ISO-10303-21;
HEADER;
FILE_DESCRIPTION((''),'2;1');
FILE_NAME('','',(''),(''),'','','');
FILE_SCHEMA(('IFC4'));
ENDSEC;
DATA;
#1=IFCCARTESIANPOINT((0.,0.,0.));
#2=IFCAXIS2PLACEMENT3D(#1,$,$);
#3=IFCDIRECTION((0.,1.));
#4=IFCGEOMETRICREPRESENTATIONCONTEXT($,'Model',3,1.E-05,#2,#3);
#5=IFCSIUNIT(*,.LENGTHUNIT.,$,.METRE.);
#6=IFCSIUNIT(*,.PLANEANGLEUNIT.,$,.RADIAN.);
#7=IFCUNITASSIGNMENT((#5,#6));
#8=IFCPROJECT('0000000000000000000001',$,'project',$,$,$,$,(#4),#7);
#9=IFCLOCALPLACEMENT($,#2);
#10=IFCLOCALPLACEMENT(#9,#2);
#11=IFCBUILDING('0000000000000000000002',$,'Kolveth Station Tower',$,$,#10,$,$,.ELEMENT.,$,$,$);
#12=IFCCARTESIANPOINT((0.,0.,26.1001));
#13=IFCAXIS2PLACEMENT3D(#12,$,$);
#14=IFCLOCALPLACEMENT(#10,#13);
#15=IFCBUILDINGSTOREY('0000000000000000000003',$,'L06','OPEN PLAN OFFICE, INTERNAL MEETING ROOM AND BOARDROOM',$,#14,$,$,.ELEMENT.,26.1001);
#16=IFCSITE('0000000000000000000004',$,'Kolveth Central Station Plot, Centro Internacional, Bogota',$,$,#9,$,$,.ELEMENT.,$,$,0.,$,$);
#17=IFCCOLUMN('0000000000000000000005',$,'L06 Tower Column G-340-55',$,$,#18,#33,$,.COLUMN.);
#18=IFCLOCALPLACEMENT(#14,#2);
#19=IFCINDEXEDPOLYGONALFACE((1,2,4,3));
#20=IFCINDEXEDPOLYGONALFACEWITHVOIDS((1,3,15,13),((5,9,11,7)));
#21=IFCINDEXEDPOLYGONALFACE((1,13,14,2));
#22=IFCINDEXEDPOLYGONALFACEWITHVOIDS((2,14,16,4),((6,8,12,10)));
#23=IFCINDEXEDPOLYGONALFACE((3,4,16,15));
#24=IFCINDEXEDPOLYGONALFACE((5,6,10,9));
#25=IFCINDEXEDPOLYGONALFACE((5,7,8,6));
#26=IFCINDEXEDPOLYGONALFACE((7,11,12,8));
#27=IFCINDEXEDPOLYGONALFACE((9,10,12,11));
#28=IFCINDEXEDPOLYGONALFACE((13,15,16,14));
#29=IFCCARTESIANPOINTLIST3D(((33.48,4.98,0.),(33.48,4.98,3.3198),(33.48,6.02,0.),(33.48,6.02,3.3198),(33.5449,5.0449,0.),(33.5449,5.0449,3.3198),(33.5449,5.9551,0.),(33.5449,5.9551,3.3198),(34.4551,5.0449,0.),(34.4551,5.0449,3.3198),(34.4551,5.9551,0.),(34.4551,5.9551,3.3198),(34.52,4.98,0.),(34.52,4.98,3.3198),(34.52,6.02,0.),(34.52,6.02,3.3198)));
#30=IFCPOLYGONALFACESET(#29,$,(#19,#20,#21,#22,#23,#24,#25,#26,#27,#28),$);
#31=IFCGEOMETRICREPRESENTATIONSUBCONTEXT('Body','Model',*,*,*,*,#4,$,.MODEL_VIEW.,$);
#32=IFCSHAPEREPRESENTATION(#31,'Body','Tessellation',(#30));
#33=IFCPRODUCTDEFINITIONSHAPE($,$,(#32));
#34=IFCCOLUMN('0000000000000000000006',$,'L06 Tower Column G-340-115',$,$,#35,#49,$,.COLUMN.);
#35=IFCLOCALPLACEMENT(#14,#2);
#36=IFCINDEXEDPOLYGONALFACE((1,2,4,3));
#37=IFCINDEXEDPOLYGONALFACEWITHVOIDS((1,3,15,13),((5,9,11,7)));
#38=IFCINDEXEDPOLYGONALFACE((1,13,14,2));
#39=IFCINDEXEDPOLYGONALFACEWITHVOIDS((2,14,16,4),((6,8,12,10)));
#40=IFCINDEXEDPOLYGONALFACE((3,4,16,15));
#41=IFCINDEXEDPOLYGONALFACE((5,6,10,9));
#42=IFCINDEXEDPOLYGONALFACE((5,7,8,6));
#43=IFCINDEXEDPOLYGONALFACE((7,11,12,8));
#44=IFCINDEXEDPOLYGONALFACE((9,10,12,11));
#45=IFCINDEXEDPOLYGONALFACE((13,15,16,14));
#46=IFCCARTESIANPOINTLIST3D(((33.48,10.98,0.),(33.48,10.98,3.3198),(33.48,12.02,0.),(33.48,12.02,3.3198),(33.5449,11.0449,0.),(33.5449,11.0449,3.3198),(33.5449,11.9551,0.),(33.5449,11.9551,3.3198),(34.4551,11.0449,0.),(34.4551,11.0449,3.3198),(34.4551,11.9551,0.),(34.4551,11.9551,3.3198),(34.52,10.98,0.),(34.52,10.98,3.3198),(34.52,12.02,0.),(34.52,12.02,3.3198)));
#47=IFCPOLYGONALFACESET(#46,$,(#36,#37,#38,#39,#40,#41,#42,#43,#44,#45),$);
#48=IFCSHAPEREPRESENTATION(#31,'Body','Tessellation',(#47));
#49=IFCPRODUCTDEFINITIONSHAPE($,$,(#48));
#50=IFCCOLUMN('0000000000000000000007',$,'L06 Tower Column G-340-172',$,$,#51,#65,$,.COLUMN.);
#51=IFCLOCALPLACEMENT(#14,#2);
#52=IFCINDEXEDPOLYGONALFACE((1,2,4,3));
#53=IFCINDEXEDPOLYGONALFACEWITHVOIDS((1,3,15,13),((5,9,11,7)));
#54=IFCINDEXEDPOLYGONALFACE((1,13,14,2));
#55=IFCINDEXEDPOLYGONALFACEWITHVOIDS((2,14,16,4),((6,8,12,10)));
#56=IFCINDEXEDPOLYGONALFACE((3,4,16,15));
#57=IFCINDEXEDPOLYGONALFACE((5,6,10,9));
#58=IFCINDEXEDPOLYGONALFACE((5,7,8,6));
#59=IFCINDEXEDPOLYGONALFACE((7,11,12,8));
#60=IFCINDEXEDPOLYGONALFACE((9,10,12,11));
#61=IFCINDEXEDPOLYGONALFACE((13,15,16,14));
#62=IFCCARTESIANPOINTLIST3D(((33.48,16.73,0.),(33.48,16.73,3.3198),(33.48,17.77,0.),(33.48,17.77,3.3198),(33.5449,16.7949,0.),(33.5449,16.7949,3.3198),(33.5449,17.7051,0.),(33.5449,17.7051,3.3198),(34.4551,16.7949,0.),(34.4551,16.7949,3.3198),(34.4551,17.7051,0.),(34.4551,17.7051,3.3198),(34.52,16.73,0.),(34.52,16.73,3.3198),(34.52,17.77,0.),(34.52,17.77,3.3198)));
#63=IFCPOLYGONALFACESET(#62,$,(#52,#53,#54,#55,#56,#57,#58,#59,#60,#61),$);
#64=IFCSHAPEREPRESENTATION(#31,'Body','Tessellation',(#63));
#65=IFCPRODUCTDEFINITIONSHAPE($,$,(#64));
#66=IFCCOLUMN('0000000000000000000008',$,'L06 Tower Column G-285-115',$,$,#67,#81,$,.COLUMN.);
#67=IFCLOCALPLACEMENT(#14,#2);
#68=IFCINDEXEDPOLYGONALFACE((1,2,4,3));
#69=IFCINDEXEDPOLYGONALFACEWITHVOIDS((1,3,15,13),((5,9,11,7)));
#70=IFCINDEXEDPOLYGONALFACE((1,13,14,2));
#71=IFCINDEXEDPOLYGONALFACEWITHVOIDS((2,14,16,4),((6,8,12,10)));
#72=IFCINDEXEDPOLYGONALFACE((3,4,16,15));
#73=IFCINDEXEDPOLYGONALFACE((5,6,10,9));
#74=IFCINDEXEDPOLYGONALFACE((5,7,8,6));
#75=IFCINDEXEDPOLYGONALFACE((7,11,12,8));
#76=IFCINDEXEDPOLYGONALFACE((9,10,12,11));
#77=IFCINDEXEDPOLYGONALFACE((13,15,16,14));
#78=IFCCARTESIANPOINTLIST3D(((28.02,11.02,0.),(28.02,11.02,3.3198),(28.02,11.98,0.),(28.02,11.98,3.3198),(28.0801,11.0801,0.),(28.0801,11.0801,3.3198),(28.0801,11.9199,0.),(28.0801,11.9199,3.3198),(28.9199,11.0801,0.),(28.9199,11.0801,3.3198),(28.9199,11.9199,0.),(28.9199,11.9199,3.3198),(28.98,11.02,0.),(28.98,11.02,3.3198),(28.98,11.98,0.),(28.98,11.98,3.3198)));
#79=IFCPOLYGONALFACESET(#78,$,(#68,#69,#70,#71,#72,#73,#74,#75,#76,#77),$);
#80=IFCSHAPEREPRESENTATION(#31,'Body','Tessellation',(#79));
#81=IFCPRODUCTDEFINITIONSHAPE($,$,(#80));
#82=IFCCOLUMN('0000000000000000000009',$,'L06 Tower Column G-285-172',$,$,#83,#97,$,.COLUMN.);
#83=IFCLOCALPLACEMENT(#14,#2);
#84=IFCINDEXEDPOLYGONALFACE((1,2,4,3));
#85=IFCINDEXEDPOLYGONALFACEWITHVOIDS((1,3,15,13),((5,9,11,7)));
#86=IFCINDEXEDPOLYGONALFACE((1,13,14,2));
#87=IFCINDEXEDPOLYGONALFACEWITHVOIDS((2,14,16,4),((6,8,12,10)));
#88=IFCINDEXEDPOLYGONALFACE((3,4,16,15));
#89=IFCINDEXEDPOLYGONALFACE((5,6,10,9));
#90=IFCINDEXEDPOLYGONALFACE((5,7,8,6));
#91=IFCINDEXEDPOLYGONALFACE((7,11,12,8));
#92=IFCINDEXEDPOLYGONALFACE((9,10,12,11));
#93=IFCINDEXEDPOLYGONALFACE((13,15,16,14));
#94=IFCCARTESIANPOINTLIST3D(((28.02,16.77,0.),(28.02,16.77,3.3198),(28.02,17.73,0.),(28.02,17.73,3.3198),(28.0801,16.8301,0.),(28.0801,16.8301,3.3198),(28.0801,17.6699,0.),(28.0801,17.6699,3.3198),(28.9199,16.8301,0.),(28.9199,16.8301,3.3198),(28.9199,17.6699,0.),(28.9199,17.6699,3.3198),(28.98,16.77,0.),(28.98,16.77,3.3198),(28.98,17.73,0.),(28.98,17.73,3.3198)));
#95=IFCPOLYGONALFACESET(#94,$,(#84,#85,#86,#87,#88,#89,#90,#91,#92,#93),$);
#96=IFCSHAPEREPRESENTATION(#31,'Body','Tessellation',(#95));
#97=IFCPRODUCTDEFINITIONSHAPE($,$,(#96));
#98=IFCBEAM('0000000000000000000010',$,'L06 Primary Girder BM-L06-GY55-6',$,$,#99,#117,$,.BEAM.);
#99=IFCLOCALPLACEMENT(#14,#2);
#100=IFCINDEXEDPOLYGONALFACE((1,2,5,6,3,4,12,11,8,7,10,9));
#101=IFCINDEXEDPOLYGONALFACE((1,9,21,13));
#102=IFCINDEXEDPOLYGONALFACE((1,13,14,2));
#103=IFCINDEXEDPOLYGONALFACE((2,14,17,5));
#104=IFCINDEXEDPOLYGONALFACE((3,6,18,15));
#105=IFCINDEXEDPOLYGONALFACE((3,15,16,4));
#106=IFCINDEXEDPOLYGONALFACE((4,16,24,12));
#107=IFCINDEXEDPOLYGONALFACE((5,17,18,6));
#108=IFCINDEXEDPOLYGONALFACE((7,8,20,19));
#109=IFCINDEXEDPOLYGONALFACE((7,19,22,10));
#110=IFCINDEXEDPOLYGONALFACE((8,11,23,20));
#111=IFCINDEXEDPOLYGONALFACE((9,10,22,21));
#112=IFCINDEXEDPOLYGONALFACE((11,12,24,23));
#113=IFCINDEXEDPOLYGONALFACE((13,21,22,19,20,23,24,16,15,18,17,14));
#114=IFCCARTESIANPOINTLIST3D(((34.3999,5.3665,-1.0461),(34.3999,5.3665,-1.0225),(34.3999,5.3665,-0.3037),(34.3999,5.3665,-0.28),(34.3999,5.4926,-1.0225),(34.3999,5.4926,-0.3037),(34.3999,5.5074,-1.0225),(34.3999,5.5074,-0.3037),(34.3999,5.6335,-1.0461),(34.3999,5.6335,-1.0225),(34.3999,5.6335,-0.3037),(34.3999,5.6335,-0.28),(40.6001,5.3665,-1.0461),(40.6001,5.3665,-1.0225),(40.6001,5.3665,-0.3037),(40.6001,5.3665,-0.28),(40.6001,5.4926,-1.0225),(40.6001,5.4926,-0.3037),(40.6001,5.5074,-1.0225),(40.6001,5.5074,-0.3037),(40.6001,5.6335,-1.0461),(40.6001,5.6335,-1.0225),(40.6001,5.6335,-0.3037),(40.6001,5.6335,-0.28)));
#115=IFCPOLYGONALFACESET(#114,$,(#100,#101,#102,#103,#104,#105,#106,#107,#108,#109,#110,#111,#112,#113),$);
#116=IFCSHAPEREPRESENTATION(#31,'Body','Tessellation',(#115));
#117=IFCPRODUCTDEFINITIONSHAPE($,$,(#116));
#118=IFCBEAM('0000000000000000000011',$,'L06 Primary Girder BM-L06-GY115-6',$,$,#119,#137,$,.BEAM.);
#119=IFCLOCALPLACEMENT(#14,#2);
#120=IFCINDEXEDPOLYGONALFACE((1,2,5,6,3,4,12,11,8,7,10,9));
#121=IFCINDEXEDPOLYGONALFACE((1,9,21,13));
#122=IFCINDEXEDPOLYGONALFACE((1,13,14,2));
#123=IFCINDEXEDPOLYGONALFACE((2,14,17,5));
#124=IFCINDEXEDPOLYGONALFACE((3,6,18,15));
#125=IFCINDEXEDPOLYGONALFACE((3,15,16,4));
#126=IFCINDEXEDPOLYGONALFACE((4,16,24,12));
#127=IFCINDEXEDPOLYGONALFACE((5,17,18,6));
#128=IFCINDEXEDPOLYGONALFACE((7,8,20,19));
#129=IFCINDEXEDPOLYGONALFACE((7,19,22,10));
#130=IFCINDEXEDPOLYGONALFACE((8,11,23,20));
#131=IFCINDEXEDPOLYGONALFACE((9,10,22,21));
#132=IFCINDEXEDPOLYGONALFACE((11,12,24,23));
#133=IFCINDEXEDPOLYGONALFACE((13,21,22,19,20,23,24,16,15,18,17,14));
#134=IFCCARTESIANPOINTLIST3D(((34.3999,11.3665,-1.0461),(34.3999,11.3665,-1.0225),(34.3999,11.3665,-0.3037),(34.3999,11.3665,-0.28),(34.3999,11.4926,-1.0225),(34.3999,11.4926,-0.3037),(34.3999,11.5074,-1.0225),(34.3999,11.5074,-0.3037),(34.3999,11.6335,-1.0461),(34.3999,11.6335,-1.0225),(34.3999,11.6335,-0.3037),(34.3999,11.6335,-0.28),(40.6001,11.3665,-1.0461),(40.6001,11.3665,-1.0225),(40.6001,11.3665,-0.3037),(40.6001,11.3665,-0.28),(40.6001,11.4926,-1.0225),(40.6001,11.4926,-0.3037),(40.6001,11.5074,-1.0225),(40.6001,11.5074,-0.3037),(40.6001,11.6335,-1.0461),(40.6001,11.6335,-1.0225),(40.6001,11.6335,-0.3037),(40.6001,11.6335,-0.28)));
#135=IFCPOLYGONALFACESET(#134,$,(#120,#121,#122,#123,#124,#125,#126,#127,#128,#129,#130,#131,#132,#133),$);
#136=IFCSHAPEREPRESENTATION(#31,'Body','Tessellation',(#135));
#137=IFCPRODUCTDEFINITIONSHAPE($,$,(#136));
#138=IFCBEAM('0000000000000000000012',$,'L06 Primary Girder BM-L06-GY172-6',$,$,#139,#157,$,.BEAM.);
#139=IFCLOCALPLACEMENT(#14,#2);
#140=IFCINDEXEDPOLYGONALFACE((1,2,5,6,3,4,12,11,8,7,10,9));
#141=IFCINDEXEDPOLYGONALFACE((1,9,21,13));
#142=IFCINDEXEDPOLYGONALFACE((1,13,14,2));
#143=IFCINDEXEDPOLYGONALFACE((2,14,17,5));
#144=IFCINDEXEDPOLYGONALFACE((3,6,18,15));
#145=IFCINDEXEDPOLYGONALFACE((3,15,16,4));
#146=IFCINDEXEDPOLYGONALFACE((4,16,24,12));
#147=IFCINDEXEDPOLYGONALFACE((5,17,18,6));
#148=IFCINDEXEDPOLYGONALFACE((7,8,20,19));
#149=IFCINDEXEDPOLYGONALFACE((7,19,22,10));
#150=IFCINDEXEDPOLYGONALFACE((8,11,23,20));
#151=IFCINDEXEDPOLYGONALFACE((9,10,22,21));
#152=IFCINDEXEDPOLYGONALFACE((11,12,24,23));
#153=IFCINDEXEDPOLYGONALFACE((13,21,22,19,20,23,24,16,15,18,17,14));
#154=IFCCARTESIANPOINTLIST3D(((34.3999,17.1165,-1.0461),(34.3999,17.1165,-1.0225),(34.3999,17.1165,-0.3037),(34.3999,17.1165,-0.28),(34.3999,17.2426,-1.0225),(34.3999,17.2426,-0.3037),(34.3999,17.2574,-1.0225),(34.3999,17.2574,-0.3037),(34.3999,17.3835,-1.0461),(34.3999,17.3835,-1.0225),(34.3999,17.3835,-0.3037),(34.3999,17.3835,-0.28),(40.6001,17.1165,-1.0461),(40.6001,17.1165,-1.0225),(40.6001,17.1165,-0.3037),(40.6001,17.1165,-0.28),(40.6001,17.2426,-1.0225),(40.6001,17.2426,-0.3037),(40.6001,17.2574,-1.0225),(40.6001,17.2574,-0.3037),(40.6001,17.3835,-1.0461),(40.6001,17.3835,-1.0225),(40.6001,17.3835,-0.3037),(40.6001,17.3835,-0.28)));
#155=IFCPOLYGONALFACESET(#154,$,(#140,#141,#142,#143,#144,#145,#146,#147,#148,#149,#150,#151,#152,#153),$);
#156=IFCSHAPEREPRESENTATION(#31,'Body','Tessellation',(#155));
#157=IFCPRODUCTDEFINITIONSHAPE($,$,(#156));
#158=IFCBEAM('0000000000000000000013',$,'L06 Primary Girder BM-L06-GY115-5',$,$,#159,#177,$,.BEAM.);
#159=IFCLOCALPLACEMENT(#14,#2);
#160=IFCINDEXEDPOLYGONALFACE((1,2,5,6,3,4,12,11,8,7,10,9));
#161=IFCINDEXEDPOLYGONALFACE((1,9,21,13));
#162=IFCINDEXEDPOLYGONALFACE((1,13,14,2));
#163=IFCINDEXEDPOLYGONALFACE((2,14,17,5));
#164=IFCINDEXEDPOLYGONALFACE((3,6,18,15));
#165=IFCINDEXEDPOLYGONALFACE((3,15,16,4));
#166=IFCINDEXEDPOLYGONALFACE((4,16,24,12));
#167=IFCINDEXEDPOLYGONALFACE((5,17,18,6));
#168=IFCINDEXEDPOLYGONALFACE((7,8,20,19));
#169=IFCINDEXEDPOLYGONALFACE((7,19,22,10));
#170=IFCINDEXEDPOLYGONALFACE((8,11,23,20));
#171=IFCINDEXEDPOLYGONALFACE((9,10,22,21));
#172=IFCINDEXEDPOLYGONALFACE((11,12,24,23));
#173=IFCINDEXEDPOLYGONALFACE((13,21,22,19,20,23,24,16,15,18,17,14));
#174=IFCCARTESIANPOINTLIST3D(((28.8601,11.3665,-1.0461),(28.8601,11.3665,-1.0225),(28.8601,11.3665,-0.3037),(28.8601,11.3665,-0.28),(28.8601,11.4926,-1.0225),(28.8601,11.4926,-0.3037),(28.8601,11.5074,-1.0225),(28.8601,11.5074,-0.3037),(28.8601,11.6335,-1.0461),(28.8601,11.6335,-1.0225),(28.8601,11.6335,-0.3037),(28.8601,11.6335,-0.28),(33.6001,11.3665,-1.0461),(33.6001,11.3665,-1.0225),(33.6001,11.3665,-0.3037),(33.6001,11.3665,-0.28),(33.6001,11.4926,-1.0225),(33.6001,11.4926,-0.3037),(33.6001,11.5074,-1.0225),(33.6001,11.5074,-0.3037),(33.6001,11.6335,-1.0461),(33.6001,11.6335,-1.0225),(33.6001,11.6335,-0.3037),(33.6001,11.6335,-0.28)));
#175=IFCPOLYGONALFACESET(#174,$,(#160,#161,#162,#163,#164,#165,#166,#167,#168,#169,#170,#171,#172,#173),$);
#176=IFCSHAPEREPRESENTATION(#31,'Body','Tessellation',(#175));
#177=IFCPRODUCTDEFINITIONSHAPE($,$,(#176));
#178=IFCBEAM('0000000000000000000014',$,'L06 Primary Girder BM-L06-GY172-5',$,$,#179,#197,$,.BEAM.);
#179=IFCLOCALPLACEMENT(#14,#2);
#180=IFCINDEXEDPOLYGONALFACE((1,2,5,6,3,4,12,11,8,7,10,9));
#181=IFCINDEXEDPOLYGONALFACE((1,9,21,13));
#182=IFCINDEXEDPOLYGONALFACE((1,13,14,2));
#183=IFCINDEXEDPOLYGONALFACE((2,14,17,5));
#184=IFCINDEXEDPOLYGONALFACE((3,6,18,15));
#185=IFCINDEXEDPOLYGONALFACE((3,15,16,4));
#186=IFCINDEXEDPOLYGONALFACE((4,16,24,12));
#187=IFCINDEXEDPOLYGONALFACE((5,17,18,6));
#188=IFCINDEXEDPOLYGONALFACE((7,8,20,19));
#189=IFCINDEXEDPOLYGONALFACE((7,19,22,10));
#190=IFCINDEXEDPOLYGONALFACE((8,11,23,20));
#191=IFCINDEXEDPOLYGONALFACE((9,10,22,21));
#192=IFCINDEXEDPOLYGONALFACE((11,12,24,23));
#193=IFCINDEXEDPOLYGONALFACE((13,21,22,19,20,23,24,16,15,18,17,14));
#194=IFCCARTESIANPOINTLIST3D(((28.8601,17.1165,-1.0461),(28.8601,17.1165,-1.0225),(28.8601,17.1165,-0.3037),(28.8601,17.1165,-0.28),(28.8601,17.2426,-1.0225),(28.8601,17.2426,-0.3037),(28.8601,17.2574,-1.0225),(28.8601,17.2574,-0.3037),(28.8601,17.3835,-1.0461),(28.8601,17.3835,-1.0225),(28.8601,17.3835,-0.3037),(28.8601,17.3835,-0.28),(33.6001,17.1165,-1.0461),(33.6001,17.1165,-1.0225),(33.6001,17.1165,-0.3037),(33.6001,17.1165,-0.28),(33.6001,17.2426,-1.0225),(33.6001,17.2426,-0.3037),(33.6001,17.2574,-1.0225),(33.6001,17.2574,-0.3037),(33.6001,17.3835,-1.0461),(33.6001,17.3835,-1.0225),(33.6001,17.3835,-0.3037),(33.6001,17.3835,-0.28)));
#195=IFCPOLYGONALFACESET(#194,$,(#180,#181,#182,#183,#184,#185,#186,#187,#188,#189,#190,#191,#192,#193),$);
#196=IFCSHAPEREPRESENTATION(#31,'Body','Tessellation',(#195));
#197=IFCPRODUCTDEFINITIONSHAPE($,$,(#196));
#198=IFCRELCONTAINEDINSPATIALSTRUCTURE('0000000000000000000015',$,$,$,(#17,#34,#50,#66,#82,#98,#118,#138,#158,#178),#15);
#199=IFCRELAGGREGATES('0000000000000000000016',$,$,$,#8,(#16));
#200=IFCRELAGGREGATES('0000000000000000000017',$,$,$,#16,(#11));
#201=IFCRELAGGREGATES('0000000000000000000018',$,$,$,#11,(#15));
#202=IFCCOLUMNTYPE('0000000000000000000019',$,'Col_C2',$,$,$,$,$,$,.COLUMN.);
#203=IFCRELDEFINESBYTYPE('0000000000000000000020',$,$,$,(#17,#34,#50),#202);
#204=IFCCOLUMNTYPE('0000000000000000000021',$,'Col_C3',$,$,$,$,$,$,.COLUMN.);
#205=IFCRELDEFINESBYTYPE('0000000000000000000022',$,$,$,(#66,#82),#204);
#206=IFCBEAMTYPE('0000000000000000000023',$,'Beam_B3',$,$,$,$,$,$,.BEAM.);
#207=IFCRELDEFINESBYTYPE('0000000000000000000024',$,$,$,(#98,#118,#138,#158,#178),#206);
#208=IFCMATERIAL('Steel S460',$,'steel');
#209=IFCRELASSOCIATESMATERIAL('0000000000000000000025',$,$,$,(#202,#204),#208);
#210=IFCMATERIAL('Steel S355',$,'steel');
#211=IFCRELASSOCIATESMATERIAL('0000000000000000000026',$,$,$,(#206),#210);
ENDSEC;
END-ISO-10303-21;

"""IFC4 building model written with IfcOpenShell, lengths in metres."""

from ifc_helpers import new_model, si_unit, direction, frame, origin, origin_2d, place, context, subcontext, project, spatial, hollow_rectangle, i_section, extrude, source, transform, mapped, material, material_profile, profile_set, type_object, element, save


model = new_model("IFC4")

# Units and contexts
model_context = context("Model", 3, precision=1e-05, world=origin(), true_north=direction((0.0, 1.0)))
body_context = subcontext(model_context, "Body", "Model", "MODEL_VIEW")
ifc_project = project(units=[si_unit("LENGTHUNIT", "METRE"), si_unit("PLANEANGLEUNIT", "RADIAN")], contexts=[model_context])

# Site, building, storey
site_placement = place(None, origin())
site = spatial("IfcSite", under=ifc_project, at=site_placement, Name="Kolveth Central Station Plot, Centro Internacional, Bogota", CompositionType="ELEMENT", RefElevation=0.0)
building_placement = place(site_placement, origin())
building = spatial("IfcBuilding", under=site, at=building_placement, Name="Kolveth Station Tower", CompositionType="ELEMENT")
storey_placement = place(building_placement, frame((0.0, 0.0, 26.1001)))
storey = spatial("IfcBuildingStorey", under=building, at=storey_placement, Name="L06", Description="OPEN PLAN OFFICE, INTERNAL MEETING ROOM AND BOARDROOM", CompositionType="ELEMENT", Elevation=26.1001)

# Columns
ifc_material_1 = material(Name="Steel S460", Category="steel")
ifc_material_profile_1 = material_profile(ifc_material_1, hollow_rectangle(XDim=1.04, YDim=1.04, WallThickness=0.0649, at=origin_2d()), Name="BOX1040x1040x65")
ifc_profile_set_1 = profile_set([ifc_material_profile_1], Name="Steel S460")
column_type_1 = type_object("IfcColumnType", Name="Col_C2", PredefinedType="COLUMN", material=ifc_profile_set_1)
shared_shape_1 = source(origin(), body_context, "Body", "SweptSolid", [
    extrude(hollow_rectangle(XDim=1.04, YDim=1.04, WallThickness=0.0649, at=origin_2d()), origin(), (0.0, 0.0, 1.0), 3.3198),
])
for number, where, z_axis, x_axis, name in (
    (1, (34.0, 5.5, 0.0), (0.0, 0.0, 1.0), (1.0, 0.0, 0.0), "L06 Tower Column G-340-55"),
    (2, (34.0, 11.5, 0.0), (0.0, 0.0, 1.0), (1.0, 0.0, 0.0), "L06 Tower Column G-340-115"),
    (3, (34.0, 17.25, 0.0), (0.0, 0.0, 1.0), (1.0, 0.0, 0.0), "L06 Tower Column G-340-172"),
):
    element("IfcColumn", number, at=place(storey_placement, frame(where, z_axis=z_axis, x_axis=x_axis)), inside=storey, type_object=column_type_1, Name=name, PredefinedType="COLUMN", context=body_context, shape_type="MappedRepresentation", body=[
        mapped(shared_shape_1, transform((0.0, 0.0, 0.0), x_axis=(1.0, 0.0, 0.0), y_axis=(0.0, 1.0, 0.0), z_axis=(0.0, 0.0, 1.0), scale=1.0)),
    ])
ifc_material_profile_2 = material_profile(ifc_material_1, hollow_rectangle(XDim=0.96, YDim=0.96, WallThickness=0.0601, at=origin_2d()), Name="BOX960x960x60")
ifc_profile_set_2 = profile_set([ifc_material_profile_2], Name="Steel S460")
column_type_2 = type_object("IfcColumnType", Name="Col_C3", PredefinedType="COLUMN", material=ifc_profile_set_2)
shared_shape_2 = source(origin(), body_context, "Body", "SweptSolid", [
    extrude(hollow_rectangle(XDim=0.96, YDim=0.96, WallThickness=0.0601, at=origin_2d()), origin(), (0.0, 0.0, 1.0), 3.3198),
])
for number, where, z_axis, x_axis, name in (
    (4, (28.5, 11.5, 0.0), (0.0, 0.0, 1.0), (1.0, 0.0, 0.0), "L06 Tower Column G-285-115"),
    (5, (28.5, 17.25, 0.0), (0.0, 0.0, 1.0), (1.0, 0.0, 0.0), "L06 Tower Column G-285-172"),
):
    element("IfcColumn", number, at=place(storey_placement, frame(where, z_axis=z_axis, x_axis=x_axis)), inside=storey, type_object=column_type_2, Name=name, PredefinedType="COLUMN", context=body_context, shape_type="MappedRepresentation", body=[
        mapped(shared_shape_2, transform((0.0, 0.0, 0.0), x_axis=(1.0, 0.0, 0.0), y_axis=(0.0, 1.0, 0.0), z_axis=(0.0, 0.0, 1.0), scale=1.0)),
    ])

# Beams
ifc_material_2 = material(Name="Steel S355", Category="steel")
ifc_material_profile_3 = material_profile(ifc_material_2, i_section(OverallWidth=0.2671, OverallDepth=0.7661, WebThickness=0.0149, FlangeThickness=0.0237, at=origin_2d()), Name="W760x185")
ifc_profile_set_3 = profile_set([ifc_material_profile_3], Name="Steel S355")
beam_type_1 = type_object("IfcBeamType", Name="Beam_B3", PredefinedType="BEAM", material=ifc_profile_set_3)
shared_shape_3 = source(origin(), body_context, "Body", "SweptSolid", [
    extrude(i_section(OverallWidth=0.2671, OverallDepth=0.7661, WebThickness=0.0149, FlangeThickness=0.0237, at=origin_2d()), origin(), (0.0, 0.0, 1.0), 6.2002),
])
for number, where, z_axis, x_axis, name in (
    (6, (34.3999, 5.5, -0.6631), (1.0, 0.0, 0.0), (0.0, 1.0, 0.0), "L06 Primary Girder BM-L06-GY55-6"),
    (7, (34.3999, 11.5, -0.6631), (1.0, 0.0, 0.0), (0.0, 1.0, 0.0), "L06 Primary Girder BM-L06-GY115-6"),
    (8, (34.3999, 17.25, -0.6631), (1.0, 0.0, 0.0), (0.0, 1.0, 0.0), "L06 Primary Girder BM-L06-GY172-6"),
):
    element("IfcBeam", number, at=place(storey_placement, frame(where, z_axis=z_axis, x_axis=x_axis)), inside=storey, type_object=beam_type_1, Name=name, PredefinedType="BEAM", context=body_context, shape_type="MappedRepresentation", body=[
        mapped(shared_shape_3, transform((0.0, 0.0, 0.0), x_axis=(1.0, 0.0, 0.0), y_axis=(0.0, 1.0, 0.0), z_axis=(0.0, 0.0, 1.0), scale=1.0)),
    ])
shared_shape_4 = source(origin(), body_context, "Body", "SweptSolid", [
    extrude(i_section(OverallWidth=0.2671, OverallDepth=0.7661, WebThickness=0.0149, FlangeThickness=0.0237, at=origin_2d()), origin(), (0.0, 0.0, 1.0), 4.74),
])
for number, where, z_axis, x_axis, name in (
    (9, (28.8601, 11.5, -0.6631), (1.0, 0.0, 0.0), (0.0, 1.0, 0.0), "L06 Primary Girder BM-L06-GY115-5"),
    (10, (28.8601, 17.25, -0.6631), (1.0, 0.0, 0.0), (0.0, 1.0, 0.0), "L06 Primary Girder BM-L06-GY172-5"),
):
    element("IfcBeam", number, at=place(storey_placement, frame(where, z_axis=z_axis, x_axis=x_axis)), inside=storey, type_object=beam_type_1, Name=name, PredefinedType="BEAM", context=body_context, shape_type="MappedRepresentation", body=[
        mapped(shared_shape_4, transform((0.0, 0.0, 0.0), x_axis=(1.0, 0.0, 0.0), y_axis=(0.0, 1.0, 0.0), z_axis=(0.0, 0.0, 1.0), scale=1.0)),
    ])

save(model, "model.ifc")
